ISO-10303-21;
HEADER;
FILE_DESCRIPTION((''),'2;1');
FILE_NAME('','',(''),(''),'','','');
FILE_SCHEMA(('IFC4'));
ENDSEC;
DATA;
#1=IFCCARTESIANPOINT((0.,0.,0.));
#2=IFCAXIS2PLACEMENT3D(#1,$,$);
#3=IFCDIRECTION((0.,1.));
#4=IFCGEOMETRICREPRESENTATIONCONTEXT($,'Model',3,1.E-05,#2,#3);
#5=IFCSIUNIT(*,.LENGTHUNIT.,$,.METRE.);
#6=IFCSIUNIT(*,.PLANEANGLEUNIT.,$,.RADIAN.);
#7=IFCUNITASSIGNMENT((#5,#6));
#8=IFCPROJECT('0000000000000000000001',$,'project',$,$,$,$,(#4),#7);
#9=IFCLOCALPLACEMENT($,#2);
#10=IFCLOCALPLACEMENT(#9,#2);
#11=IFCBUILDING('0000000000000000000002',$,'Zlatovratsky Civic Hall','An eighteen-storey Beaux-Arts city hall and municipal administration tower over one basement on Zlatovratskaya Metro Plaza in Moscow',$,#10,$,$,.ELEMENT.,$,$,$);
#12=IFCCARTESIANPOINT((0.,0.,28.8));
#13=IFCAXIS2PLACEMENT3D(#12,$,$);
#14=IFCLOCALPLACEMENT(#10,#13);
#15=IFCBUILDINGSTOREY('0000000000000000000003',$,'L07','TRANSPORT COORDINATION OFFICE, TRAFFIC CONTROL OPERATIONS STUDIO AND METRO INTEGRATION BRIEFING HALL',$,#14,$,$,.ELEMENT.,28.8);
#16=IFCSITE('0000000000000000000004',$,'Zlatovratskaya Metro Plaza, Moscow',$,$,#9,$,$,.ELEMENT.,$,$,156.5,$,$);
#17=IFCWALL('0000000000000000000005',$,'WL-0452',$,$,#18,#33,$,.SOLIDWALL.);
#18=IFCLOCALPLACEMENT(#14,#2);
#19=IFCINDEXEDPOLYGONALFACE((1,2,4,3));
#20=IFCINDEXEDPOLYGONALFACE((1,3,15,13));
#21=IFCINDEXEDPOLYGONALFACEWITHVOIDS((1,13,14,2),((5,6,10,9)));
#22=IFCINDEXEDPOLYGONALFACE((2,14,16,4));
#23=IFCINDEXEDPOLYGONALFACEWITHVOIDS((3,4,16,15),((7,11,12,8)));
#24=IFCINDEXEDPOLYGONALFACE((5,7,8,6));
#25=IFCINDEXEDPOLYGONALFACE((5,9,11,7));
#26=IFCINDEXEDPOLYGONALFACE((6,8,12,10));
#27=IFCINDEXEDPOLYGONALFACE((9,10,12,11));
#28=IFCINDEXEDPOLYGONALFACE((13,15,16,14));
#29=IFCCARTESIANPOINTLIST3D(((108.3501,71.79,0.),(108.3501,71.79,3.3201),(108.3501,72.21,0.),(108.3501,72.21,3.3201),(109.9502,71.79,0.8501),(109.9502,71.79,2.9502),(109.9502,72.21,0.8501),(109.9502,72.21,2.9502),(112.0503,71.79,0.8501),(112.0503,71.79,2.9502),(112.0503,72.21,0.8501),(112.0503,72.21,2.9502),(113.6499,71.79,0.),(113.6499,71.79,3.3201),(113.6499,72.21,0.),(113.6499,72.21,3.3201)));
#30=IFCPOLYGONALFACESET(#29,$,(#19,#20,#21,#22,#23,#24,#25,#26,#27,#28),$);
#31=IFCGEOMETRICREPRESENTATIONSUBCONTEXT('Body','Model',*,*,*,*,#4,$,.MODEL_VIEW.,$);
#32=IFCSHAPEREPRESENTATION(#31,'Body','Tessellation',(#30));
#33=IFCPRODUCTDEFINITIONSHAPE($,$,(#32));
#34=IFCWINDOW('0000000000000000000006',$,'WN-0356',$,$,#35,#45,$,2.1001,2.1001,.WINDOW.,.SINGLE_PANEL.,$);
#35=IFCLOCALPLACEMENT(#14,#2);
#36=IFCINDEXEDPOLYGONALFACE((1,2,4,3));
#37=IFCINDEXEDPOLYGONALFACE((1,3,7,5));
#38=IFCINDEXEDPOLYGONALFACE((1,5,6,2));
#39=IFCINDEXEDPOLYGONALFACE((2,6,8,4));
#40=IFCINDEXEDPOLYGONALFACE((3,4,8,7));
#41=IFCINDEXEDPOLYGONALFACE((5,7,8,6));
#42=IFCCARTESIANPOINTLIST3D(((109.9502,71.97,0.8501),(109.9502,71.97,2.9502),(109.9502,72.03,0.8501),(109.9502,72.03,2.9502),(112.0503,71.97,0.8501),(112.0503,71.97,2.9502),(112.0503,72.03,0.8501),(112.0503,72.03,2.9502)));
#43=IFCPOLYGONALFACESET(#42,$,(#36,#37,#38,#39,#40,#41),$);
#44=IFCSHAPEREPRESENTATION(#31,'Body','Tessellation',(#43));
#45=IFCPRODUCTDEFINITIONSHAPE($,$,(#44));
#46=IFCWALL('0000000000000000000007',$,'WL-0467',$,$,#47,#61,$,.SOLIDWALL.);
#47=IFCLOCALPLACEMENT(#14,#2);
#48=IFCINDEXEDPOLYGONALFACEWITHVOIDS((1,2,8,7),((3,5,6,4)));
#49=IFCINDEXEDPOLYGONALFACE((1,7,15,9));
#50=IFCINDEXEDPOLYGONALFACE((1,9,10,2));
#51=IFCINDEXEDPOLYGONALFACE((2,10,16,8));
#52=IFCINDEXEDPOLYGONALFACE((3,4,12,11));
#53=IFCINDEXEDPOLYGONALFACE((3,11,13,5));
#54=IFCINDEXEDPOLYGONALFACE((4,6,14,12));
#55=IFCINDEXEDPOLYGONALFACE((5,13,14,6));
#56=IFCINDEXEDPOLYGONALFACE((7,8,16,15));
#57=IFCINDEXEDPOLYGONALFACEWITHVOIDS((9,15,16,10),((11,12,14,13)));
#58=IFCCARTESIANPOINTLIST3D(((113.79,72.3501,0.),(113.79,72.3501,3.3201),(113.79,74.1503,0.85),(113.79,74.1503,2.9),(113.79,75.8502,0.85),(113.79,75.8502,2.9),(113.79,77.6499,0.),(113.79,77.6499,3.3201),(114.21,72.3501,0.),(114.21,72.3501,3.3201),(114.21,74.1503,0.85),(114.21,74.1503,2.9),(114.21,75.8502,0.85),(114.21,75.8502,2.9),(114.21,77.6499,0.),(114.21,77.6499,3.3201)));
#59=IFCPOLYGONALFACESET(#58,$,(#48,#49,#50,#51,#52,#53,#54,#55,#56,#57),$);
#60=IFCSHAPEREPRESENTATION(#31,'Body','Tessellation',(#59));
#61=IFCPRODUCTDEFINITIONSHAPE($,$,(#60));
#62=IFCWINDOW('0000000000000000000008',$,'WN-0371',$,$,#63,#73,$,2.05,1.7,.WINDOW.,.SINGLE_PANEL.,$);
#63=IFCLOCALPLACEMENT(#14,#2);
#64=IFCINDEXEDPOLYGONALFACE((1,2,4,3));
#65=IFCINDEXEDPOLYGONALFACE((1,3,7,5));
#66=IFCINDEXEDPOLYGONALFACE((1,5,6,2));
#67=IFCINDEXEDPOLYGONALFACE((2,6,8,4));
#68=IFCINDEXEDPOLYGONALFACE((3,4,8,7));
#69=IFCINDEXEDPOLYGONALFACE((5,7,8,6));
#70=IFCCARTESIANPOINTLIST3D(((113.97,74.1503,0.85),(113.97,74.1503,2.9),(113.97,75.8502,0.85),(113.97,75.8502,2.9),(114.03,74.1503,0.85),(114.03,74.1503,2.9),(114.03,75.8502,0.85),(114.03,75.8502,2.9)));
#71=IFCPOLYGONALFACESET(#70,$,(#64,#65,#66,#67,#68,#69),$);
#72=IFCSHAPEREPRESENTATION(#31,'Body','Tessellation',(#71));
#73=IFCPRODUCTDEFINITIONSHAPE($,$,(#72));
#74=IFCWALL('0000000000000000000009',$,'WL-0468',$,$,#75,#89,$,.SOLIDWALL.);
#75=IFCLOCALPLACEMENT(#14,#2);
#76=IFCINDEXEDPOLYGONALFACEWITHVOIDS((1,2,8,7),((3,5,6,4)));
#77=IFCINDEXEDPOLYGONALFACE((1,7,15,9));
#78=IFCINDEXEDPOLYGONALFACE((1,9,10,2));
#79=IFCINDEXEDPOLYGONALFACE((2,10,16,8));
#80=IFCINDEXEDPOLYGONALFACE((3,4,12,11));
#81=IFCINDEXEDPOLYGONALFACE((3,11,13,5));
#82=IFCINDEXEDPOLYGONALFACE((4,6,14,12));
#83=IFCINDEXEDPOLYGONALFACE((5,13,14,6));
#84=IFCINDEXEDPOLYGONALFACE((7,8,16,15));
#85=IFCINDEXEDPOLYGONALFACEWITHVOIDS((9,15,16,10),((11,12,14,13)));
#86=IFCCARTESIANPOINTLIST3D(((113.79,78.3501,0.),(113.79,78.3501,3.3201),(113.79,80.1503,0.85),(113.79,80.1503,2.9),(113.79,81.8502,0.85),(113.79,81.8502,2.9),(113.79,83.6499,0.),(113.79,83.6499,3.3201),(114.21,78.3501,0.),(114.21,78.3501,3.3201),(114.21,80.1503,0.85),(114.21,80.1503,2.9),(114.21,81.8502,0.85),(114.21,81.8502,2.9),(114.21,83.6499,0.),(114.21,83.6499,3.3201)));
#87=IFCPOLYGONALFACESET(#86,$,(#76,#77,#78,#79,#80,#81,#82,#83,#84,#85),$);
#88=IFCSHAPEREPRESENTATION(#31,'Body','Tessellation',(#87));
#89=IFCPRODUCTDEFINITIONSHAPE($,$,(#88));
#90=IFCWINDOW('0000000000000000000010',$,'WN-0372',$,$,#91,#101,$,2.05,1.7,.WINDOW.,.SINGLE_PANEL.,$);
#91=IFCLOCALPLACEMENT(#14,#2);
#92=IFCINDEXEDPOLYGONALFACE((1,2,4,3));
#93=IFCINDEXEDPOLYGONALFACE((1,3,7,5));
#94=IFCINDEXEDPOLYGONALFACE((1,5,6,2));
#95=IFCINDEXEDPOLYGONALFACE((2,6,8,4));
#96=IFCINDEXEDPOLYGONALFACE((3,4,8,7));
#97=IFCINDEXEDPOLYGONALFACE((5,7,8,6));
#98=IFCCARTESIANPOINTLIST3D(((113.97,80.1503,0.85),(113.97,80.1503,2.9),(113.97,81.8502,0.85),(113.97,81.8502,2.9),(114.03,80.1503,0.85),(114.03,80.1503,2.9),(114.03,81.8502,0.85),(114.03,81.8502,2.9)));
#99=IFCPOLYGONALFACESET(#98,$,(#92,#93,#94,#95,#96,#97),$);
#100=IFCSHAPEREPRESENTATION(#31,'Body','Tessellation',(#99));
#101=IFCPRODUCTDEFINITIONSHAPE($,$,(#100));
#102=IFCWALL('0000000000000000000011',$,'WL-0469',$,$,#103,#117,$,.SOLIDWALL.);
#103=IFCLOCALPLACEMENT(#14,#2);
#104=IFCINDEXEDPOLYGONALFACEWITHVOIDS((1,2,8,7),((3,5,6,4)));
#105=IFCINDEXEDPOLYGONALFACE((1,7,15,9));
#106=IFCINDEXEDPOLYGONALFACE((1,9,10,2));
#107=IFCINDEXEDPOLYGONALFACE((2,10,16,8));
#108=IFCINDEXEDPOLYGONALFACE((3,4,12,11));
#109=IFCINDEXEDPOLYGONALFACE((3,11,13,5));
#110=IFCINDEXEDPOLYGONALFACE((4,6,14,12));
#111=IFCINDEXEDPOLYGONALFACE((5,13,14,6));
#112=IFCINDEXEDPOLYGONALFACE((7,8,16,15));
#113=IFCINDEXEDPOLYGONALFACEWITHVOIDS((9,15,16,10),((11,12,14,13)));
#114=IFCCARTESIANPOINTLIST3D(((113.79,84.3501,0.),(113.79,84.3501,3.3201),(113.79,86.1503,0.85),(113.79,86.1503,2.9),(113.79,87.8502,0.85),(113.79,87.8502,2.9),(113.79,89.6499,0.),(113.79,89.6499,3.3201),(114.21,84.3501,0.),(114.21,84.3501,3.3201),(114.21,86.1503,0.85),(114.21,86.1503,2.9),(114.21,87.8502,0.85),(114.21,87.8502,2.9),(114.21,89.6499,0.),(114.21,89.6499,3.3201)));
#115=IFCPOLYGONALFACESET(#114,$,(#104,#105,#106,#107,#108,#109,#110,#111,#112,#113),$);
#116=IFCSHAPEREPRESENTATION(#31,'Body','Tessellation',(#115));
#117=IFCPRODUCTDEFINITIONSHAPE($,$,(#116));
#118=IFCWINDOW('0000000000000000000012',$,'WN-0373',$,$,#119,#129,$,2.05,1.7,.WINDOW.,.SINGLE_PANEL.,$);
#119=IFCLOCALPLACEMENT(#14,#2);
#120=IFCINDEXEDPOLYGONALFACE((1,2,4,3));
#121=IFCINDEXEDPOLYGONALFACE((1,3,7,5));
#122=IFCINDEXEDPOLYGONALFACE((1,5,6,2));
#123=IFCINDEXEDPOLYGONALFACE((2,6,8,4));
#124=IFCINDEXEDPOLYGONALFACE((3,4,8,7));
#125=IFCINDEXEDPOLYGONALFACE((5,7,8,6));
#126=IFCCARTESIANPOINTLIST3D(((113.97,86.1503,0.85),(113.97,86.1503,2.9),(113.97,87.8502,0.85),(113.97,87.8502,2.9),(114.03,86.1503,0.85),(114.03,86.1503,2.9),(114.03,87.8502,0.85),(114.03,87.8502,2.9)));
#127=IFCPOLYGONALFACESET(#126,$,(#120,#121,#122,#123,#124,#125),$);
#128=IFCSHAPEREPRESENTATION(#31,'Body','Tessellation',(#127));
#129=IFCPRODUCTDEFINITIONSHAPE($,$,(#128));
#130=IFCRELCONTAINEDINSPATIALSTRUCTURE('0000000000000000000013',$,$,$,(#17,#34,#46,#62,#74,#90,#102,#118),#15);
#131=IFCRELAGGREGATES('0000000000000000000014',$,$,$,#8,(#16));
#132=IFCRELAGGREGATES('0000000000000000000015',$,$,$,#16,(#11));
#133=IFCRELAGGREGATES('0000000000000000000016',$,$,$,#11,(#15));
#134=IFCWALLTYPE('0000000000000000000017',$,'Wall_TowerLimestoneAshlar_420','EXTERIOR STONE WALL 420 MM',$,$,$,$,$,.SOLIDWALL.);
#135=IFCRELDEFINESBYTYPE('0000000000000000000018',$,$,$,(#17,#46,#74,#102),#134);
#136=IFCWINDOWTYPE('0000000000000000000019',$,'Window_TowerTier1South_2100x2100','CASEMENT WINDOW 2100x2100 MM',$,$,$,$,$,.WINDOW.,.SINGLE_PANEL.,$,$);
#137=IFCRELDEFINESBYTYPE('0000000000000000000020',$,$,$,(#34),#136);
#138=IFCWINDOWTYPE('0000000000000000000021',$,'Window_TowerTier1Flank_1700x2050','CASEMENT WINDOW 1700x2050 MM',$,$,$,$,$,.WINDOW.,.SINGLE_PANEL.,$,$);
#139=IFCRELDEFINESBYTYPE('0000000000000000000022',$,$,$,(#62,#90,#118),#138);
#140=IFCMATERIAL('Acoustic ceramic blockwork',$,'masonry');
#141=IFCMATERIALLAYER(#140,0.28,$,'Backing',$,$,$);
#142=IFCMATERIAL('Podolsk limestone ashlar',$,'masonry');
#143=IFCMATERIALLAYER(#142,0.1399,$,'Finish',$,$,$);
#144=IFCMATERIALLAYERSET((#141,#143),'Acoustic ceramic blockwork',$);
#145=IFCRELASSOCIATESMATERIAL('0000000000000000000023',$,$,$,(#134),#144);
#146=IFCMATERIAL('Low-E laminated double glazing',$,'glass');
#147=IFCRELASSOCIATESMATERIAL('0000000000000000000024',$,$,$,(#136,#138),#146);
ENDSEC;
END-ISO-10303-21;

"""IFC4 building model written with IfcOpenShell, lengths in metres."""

from ifc_helpers import new_model, si_unit, direction, frame, frame_2d, origin, place, context, subcontext, project, spatial, rectangle, extrude, material, layer, layer_set, type_object, element, fill, save


model = new_model("IFC4")

# Units and contexts
model_context = context("Model", 3, precision=1e-05, world=origin(), true_north=direction((0.0, 1.0)))
body_context = subcontext(model_context, "Body", "Model", "MODEL_VIEW")
ifc_project = project(units=[si_unit("LENGTHUNIT", "METRE"), si_unit("PLANEANGLEUNIT", "RADIAN")], contexts=[model_context])

# Site, building, storey
site_placement = place(None, origin())
site = spatial("IfcSite", under=ifc_project, at=site_placement, Name="Zlatovratskaya Metro Plaza, Moscow", CompositionType="ELEMENT", RefElevation=156.5)
building_placement = place(site_placement, origin())
building = spatial("IfcBuilding", under=site, at=building_placement, Name="Zlatovratsky Civic Hall", Description="An eighteen-storey Beaux-Arts city hall and municipal administration tower over one basement on Zlatovratskaya Metro Plaza in Moscow", CompositionType="ELEMENT")
storey_placement = place(building_placement, frame((0.0, 0.0, 28.8)))
storey = spatial("IfcBuildingStorey", under=building, at=storey_placement, Name="L07", Description="TRANSPORT COORDINATION OFFICE, TRAFFIC CONTROL OPERATIONS STUDIO AND METRO INTEGRATION BRIEFING HALL", CompositionType="ELEMENT", Elevation=28.8)

# Walls, openings, windows
ifc_material_1 = material(Name="Acoustic ceramic blockwork", Category="masonry")
ifc_layer_1 = layer(ifc_material_1, 0.28, Name="Backing")
ifc_material_2 = material(Name="Podolsk limestone ashlar", Category="masonry")
ifc_layer_2 = layer(ifc_material_2, 0.1399, Name="Finish")
ifc_layer_set_1 = layer_set([ifc_layer_1, ifc_layer_2], Name="Acoustic ceramic blockwork")
wall_type_1 = type_object("IfcWallType", Name="Wall_TowerLimestoneAshlar_420", Description="EXTERIOR STONE WALL 420 MM", PredefinedType="SOLIDWALL", material=ifc_layer_set_1)
ifc_material_3 = material(Name="Low-E laminated double glazing", Category="glass")
window_type_1 = type_object("IfcWindowType", Name="Window_TowerTier1South_2100x2100", Description="CASEMENT WINDOW 2100x2100 MM", PartitioningType="SINGLE_PANEL", PredefinedType="WINDOW", material=ifc_material_3)
wall_1_placement = place(storey_placement, frame((108.3501, 72.0, 0.0), z_axis=(0.0, 0.0, 1.0), x_axis=(1.0, 0.0, 0.0)))
wall_1 = element("IfcWall", 1, at=wall_1_placement, inside=storey, type_object=wall_type_1, Name="WL-0452", PredefinedType="SOLIDWALL", context=body_context, shape_type="SweptSolid", body=[
    extrude(rectangle(XDim=5.2998, YDim=0.4199, at=frame_2d((2.6499, 0.0))), origin(), (0.0, 0.0, 1.0), 3.3201),
])
opening_1_placement = place(wall_1_placement, frame((1.6001, 0.0, 0.8501)))
opening_1 = element("IfcOpeningElement", 2, at=opening_1_placement, cuts=wall_1, PredefinedType="OPENING", context=body_context, shape_type="SweptSolid", body=[
    extrude(rectangle(XDim=2.1001, YDim=2.1001, at=frame_2d((1.05, 1.05))), frame((0.0, 0.2249, 0.0), z_axis=(0.0, -1.0, 0.0), x_axis=(1.0, 0.0, 0.0)), (0.0, 0.0, 1.0), 0.4497),
])
window_1_placement = place(opening_1_placement, origin())
window_1 = element("IfcWindow", 3, at=window_1_placement, inside=storey, type_object=window_type_1, Name="WN-0356", OverallHeight=2.1001, OverallWidth=2.1001, PartitioningType="SINGLE_PANEL", PredefinedType="WINDOW", context=body_context, shape_type="SweptSolid", body=[
    extrude(rectangle(XDim=2.1001, YDim=2.1001, at=frame_2d((1.05, 1.05))), frame((0.0, 0.03, 0.0), z_axis=(0.0, -1.0, 0.0), x_axis=(1.0, 0.0, 0.0)), (0.0, 0.0, 1.0), 0.0601),
])
fill(opening_1, window_1)
wall_2_placement = place(storey_placement, frame((114.0, 72.3501, 0.0), z_axis=(0.0, 0.0, 1.0), x_axis=(0.0, 1.0, 0.0)))
wall_2 = element("IfcWall", 4, at=wall_2_placement, inside=storey, type_object=wall_type_1, Name="WL-0467", PredefinedType="SOLIDWALL", context=body_context, shape_type="SweptSolid", body=[
    extrude(rectangle(XDim=5.2998, YDim=0.4199, at=frame_2d((2.6499, 0.0))), origin(), (0.0, 0.0, 1.0), 3.3201),
])
opening_2_placement = place(wall_2_placement, frame((1.8, 0.0, 0.8501)))
opening_2 = element("IfcOpeningElement", 5, at=opening_2_placement, cuts=wall_2, PredefinedType="OPENING", context=body_context, shape_type="SweptSolid", body=[
    extrude(rectangle(XDim=1.7, YDim=2.05, at=frame_2d((0.8501, 1.0249))), frame((0.0, 0.2249, 0.0), z_axis=(0.0, -1.0, 0.0), x_axis=(1.0, 0.0, 0.0)), (0.0, 0.0, 1.0), 0.4497),
])
window_type_2 = type_object("IfcWindowType", Name="Window_TowerTier1Flank_1700x2050", Description="CASEMENT WINDOW 1700x2050 MM", PartitioningType="SINGLE_PANEL", PredefinedType="WINDOW", material=ifc_material_3)
window_2_placement = place(opening_2_placement, origin())
window_2 = element("IfcWindow", 6, at=window_2_placement, inside=storey, type_object=window_type_2, Name="WN-0371", OverallHeight=2.05, OverallWidth=1.7, PartitioningType="SINGLE_PANEL", PredefinedType="WINDOW", context=body_context, shape_type="SweptSolid", body=[
    extrude(rectangle(XDim=1.7, YDim=2.05, at=frame_2d((0.8501, 1.0249))), frame((0.0, 0.03, 0.0), z_axis=(0.0, -1.0, 0.0), x_axis=(1.0, 0.0, 0.0)), (0.0, 0.0, 1.0), 0.0601),
])
fill(opening_2, window_2)
wall_3_placement = place(storey_placement, frame((114.0, 78.3501, 0.0), z_axis=(0.0, 0.0, 1.0), x_axis=(0.0, 1.0, 0.0)))
wall_3 = element("IfcWall", 7, at=wall_3_placement, inside=storey, type_object=wall_type_1, Name="WL-0468", PredefinedType="SOLIDWALL", context=body_context, shape_type="SweptSolid", body=[
    extrude(rectangle(XDim=5.2998, YDim=0.4199, at=frame_2d((2.6499, 0.0))), origin(), (0.0, 0.0, 1.0), 3.3201),
])
opening_3_placement = place(wall_3_placement, frame((1.8, 0.0, 0.8501)))
opening_3 = element("IfcOpeningElement", 8, at=opening_3_placement, cuts=wall_3, PredefinedType="OPENING", context=body_context, shape_type="SweptSolid", body=[
    extrude(rectangle(XDim=1.7, YDim=2.05, at=frame_2d((0.8501, 1.0249))), frame((0.0, 0.2249, 0.0), z_axis=(0.0, -1.0, 0.0), x_axis=(1.0, 0.0, 0.0)), (0.0, 0.0, 1.0), 0.4497),
])
window_3_placement = place(opening_3_placement, origin())
window_3 = element("IfcWindow", 9, at=window_3_placement, inside=storey, type_object=window_type_2, Name="WN-0372", OverallHeight=2.05, OverallWidth=1.7, PartitioningType="SINGLE_PANEL", PredefinedType="WINDOW", context=body_context, shape_type="SweptSolid", body=[
    extrude(rectangle(XDim=1.7, YDim=2.05, at=frame_2d((0.8501, 1.0249))), frame((0.0, 0.03, 0.0), z_axis=(0.0, -1.0, 0.0), x_axis=(1.0, 0.0, 0.0)), (0.0, 0.0, 1.0), 0.0601),
])
fill(opening_3, window_3)
wall_4_placement = place(storey_placement, frame((114.0, 84.3501, 0.0), z_axis=(0.0, 0.0, 1.0), x_axis=(0.0, 1.0, 0.0)))
wall_4 = element("IfcWall", 10, at=wall_4_placement, inside=storey, type_object=wall_type_1, Name="WL-0469", PredefinedType="SOLIDWALL", context=body_context, shape_type="SweptSolid", body=[
    extrude(rectangle(XDim=5.2998, YDim=0.4199, at=frame_2d((2.6499, 0.0))), origin(), (0.0, 0.0, 1.0), 3.3201),
])
opening_4_placement = place(wall_4_placement, frame((1.8, 0.0, 0.8501)))
opening_4 = element("IfcOpeningElement", 11, at=opening_4_placement, cuts=wall_4, PredefinedType="OPENING", context=body_context, shape_type="SweptSolid", body=[
    extrude(rectangle(XDim=1.7, YDim=2.05, at=frame_2d((0.8501, 1.0249))), frame((0.0, 0.2249, 0.0), z_axis=(0.0, -1.0, 0.0), x_axis=(1.0, 0.0, 0.0)), (0.0, 0.0, 1.0), 0.4497),
])
window_4_placement = place(opening_4_placement, origin())
window_4 = element("IfcWindow", 12, at=window_4_placement, inside=storey, type_object=window_type_2, Name="WN-0373", OverallHeight=2.05, OverallWidth=1.7, PartitioningType="SINGLE_PANEL", PredefinedType="WINDOW", context=body_context, shape_type="SweptSolid", body=[
    extrude(rectangle(XDim=1.7, YDim=2.05, at=frame_2d((0.8501, 1.0249))), frame((0.0, 0.03, 0.0), z_axis=(0.0, -1.0, 0.0), x_axis=(1.0, 0.0, 0.0)), (0.0, 0.0, 1.0), 0.0601),
])
fill(opening_4, window_4)

save(model, "model.ifc")
